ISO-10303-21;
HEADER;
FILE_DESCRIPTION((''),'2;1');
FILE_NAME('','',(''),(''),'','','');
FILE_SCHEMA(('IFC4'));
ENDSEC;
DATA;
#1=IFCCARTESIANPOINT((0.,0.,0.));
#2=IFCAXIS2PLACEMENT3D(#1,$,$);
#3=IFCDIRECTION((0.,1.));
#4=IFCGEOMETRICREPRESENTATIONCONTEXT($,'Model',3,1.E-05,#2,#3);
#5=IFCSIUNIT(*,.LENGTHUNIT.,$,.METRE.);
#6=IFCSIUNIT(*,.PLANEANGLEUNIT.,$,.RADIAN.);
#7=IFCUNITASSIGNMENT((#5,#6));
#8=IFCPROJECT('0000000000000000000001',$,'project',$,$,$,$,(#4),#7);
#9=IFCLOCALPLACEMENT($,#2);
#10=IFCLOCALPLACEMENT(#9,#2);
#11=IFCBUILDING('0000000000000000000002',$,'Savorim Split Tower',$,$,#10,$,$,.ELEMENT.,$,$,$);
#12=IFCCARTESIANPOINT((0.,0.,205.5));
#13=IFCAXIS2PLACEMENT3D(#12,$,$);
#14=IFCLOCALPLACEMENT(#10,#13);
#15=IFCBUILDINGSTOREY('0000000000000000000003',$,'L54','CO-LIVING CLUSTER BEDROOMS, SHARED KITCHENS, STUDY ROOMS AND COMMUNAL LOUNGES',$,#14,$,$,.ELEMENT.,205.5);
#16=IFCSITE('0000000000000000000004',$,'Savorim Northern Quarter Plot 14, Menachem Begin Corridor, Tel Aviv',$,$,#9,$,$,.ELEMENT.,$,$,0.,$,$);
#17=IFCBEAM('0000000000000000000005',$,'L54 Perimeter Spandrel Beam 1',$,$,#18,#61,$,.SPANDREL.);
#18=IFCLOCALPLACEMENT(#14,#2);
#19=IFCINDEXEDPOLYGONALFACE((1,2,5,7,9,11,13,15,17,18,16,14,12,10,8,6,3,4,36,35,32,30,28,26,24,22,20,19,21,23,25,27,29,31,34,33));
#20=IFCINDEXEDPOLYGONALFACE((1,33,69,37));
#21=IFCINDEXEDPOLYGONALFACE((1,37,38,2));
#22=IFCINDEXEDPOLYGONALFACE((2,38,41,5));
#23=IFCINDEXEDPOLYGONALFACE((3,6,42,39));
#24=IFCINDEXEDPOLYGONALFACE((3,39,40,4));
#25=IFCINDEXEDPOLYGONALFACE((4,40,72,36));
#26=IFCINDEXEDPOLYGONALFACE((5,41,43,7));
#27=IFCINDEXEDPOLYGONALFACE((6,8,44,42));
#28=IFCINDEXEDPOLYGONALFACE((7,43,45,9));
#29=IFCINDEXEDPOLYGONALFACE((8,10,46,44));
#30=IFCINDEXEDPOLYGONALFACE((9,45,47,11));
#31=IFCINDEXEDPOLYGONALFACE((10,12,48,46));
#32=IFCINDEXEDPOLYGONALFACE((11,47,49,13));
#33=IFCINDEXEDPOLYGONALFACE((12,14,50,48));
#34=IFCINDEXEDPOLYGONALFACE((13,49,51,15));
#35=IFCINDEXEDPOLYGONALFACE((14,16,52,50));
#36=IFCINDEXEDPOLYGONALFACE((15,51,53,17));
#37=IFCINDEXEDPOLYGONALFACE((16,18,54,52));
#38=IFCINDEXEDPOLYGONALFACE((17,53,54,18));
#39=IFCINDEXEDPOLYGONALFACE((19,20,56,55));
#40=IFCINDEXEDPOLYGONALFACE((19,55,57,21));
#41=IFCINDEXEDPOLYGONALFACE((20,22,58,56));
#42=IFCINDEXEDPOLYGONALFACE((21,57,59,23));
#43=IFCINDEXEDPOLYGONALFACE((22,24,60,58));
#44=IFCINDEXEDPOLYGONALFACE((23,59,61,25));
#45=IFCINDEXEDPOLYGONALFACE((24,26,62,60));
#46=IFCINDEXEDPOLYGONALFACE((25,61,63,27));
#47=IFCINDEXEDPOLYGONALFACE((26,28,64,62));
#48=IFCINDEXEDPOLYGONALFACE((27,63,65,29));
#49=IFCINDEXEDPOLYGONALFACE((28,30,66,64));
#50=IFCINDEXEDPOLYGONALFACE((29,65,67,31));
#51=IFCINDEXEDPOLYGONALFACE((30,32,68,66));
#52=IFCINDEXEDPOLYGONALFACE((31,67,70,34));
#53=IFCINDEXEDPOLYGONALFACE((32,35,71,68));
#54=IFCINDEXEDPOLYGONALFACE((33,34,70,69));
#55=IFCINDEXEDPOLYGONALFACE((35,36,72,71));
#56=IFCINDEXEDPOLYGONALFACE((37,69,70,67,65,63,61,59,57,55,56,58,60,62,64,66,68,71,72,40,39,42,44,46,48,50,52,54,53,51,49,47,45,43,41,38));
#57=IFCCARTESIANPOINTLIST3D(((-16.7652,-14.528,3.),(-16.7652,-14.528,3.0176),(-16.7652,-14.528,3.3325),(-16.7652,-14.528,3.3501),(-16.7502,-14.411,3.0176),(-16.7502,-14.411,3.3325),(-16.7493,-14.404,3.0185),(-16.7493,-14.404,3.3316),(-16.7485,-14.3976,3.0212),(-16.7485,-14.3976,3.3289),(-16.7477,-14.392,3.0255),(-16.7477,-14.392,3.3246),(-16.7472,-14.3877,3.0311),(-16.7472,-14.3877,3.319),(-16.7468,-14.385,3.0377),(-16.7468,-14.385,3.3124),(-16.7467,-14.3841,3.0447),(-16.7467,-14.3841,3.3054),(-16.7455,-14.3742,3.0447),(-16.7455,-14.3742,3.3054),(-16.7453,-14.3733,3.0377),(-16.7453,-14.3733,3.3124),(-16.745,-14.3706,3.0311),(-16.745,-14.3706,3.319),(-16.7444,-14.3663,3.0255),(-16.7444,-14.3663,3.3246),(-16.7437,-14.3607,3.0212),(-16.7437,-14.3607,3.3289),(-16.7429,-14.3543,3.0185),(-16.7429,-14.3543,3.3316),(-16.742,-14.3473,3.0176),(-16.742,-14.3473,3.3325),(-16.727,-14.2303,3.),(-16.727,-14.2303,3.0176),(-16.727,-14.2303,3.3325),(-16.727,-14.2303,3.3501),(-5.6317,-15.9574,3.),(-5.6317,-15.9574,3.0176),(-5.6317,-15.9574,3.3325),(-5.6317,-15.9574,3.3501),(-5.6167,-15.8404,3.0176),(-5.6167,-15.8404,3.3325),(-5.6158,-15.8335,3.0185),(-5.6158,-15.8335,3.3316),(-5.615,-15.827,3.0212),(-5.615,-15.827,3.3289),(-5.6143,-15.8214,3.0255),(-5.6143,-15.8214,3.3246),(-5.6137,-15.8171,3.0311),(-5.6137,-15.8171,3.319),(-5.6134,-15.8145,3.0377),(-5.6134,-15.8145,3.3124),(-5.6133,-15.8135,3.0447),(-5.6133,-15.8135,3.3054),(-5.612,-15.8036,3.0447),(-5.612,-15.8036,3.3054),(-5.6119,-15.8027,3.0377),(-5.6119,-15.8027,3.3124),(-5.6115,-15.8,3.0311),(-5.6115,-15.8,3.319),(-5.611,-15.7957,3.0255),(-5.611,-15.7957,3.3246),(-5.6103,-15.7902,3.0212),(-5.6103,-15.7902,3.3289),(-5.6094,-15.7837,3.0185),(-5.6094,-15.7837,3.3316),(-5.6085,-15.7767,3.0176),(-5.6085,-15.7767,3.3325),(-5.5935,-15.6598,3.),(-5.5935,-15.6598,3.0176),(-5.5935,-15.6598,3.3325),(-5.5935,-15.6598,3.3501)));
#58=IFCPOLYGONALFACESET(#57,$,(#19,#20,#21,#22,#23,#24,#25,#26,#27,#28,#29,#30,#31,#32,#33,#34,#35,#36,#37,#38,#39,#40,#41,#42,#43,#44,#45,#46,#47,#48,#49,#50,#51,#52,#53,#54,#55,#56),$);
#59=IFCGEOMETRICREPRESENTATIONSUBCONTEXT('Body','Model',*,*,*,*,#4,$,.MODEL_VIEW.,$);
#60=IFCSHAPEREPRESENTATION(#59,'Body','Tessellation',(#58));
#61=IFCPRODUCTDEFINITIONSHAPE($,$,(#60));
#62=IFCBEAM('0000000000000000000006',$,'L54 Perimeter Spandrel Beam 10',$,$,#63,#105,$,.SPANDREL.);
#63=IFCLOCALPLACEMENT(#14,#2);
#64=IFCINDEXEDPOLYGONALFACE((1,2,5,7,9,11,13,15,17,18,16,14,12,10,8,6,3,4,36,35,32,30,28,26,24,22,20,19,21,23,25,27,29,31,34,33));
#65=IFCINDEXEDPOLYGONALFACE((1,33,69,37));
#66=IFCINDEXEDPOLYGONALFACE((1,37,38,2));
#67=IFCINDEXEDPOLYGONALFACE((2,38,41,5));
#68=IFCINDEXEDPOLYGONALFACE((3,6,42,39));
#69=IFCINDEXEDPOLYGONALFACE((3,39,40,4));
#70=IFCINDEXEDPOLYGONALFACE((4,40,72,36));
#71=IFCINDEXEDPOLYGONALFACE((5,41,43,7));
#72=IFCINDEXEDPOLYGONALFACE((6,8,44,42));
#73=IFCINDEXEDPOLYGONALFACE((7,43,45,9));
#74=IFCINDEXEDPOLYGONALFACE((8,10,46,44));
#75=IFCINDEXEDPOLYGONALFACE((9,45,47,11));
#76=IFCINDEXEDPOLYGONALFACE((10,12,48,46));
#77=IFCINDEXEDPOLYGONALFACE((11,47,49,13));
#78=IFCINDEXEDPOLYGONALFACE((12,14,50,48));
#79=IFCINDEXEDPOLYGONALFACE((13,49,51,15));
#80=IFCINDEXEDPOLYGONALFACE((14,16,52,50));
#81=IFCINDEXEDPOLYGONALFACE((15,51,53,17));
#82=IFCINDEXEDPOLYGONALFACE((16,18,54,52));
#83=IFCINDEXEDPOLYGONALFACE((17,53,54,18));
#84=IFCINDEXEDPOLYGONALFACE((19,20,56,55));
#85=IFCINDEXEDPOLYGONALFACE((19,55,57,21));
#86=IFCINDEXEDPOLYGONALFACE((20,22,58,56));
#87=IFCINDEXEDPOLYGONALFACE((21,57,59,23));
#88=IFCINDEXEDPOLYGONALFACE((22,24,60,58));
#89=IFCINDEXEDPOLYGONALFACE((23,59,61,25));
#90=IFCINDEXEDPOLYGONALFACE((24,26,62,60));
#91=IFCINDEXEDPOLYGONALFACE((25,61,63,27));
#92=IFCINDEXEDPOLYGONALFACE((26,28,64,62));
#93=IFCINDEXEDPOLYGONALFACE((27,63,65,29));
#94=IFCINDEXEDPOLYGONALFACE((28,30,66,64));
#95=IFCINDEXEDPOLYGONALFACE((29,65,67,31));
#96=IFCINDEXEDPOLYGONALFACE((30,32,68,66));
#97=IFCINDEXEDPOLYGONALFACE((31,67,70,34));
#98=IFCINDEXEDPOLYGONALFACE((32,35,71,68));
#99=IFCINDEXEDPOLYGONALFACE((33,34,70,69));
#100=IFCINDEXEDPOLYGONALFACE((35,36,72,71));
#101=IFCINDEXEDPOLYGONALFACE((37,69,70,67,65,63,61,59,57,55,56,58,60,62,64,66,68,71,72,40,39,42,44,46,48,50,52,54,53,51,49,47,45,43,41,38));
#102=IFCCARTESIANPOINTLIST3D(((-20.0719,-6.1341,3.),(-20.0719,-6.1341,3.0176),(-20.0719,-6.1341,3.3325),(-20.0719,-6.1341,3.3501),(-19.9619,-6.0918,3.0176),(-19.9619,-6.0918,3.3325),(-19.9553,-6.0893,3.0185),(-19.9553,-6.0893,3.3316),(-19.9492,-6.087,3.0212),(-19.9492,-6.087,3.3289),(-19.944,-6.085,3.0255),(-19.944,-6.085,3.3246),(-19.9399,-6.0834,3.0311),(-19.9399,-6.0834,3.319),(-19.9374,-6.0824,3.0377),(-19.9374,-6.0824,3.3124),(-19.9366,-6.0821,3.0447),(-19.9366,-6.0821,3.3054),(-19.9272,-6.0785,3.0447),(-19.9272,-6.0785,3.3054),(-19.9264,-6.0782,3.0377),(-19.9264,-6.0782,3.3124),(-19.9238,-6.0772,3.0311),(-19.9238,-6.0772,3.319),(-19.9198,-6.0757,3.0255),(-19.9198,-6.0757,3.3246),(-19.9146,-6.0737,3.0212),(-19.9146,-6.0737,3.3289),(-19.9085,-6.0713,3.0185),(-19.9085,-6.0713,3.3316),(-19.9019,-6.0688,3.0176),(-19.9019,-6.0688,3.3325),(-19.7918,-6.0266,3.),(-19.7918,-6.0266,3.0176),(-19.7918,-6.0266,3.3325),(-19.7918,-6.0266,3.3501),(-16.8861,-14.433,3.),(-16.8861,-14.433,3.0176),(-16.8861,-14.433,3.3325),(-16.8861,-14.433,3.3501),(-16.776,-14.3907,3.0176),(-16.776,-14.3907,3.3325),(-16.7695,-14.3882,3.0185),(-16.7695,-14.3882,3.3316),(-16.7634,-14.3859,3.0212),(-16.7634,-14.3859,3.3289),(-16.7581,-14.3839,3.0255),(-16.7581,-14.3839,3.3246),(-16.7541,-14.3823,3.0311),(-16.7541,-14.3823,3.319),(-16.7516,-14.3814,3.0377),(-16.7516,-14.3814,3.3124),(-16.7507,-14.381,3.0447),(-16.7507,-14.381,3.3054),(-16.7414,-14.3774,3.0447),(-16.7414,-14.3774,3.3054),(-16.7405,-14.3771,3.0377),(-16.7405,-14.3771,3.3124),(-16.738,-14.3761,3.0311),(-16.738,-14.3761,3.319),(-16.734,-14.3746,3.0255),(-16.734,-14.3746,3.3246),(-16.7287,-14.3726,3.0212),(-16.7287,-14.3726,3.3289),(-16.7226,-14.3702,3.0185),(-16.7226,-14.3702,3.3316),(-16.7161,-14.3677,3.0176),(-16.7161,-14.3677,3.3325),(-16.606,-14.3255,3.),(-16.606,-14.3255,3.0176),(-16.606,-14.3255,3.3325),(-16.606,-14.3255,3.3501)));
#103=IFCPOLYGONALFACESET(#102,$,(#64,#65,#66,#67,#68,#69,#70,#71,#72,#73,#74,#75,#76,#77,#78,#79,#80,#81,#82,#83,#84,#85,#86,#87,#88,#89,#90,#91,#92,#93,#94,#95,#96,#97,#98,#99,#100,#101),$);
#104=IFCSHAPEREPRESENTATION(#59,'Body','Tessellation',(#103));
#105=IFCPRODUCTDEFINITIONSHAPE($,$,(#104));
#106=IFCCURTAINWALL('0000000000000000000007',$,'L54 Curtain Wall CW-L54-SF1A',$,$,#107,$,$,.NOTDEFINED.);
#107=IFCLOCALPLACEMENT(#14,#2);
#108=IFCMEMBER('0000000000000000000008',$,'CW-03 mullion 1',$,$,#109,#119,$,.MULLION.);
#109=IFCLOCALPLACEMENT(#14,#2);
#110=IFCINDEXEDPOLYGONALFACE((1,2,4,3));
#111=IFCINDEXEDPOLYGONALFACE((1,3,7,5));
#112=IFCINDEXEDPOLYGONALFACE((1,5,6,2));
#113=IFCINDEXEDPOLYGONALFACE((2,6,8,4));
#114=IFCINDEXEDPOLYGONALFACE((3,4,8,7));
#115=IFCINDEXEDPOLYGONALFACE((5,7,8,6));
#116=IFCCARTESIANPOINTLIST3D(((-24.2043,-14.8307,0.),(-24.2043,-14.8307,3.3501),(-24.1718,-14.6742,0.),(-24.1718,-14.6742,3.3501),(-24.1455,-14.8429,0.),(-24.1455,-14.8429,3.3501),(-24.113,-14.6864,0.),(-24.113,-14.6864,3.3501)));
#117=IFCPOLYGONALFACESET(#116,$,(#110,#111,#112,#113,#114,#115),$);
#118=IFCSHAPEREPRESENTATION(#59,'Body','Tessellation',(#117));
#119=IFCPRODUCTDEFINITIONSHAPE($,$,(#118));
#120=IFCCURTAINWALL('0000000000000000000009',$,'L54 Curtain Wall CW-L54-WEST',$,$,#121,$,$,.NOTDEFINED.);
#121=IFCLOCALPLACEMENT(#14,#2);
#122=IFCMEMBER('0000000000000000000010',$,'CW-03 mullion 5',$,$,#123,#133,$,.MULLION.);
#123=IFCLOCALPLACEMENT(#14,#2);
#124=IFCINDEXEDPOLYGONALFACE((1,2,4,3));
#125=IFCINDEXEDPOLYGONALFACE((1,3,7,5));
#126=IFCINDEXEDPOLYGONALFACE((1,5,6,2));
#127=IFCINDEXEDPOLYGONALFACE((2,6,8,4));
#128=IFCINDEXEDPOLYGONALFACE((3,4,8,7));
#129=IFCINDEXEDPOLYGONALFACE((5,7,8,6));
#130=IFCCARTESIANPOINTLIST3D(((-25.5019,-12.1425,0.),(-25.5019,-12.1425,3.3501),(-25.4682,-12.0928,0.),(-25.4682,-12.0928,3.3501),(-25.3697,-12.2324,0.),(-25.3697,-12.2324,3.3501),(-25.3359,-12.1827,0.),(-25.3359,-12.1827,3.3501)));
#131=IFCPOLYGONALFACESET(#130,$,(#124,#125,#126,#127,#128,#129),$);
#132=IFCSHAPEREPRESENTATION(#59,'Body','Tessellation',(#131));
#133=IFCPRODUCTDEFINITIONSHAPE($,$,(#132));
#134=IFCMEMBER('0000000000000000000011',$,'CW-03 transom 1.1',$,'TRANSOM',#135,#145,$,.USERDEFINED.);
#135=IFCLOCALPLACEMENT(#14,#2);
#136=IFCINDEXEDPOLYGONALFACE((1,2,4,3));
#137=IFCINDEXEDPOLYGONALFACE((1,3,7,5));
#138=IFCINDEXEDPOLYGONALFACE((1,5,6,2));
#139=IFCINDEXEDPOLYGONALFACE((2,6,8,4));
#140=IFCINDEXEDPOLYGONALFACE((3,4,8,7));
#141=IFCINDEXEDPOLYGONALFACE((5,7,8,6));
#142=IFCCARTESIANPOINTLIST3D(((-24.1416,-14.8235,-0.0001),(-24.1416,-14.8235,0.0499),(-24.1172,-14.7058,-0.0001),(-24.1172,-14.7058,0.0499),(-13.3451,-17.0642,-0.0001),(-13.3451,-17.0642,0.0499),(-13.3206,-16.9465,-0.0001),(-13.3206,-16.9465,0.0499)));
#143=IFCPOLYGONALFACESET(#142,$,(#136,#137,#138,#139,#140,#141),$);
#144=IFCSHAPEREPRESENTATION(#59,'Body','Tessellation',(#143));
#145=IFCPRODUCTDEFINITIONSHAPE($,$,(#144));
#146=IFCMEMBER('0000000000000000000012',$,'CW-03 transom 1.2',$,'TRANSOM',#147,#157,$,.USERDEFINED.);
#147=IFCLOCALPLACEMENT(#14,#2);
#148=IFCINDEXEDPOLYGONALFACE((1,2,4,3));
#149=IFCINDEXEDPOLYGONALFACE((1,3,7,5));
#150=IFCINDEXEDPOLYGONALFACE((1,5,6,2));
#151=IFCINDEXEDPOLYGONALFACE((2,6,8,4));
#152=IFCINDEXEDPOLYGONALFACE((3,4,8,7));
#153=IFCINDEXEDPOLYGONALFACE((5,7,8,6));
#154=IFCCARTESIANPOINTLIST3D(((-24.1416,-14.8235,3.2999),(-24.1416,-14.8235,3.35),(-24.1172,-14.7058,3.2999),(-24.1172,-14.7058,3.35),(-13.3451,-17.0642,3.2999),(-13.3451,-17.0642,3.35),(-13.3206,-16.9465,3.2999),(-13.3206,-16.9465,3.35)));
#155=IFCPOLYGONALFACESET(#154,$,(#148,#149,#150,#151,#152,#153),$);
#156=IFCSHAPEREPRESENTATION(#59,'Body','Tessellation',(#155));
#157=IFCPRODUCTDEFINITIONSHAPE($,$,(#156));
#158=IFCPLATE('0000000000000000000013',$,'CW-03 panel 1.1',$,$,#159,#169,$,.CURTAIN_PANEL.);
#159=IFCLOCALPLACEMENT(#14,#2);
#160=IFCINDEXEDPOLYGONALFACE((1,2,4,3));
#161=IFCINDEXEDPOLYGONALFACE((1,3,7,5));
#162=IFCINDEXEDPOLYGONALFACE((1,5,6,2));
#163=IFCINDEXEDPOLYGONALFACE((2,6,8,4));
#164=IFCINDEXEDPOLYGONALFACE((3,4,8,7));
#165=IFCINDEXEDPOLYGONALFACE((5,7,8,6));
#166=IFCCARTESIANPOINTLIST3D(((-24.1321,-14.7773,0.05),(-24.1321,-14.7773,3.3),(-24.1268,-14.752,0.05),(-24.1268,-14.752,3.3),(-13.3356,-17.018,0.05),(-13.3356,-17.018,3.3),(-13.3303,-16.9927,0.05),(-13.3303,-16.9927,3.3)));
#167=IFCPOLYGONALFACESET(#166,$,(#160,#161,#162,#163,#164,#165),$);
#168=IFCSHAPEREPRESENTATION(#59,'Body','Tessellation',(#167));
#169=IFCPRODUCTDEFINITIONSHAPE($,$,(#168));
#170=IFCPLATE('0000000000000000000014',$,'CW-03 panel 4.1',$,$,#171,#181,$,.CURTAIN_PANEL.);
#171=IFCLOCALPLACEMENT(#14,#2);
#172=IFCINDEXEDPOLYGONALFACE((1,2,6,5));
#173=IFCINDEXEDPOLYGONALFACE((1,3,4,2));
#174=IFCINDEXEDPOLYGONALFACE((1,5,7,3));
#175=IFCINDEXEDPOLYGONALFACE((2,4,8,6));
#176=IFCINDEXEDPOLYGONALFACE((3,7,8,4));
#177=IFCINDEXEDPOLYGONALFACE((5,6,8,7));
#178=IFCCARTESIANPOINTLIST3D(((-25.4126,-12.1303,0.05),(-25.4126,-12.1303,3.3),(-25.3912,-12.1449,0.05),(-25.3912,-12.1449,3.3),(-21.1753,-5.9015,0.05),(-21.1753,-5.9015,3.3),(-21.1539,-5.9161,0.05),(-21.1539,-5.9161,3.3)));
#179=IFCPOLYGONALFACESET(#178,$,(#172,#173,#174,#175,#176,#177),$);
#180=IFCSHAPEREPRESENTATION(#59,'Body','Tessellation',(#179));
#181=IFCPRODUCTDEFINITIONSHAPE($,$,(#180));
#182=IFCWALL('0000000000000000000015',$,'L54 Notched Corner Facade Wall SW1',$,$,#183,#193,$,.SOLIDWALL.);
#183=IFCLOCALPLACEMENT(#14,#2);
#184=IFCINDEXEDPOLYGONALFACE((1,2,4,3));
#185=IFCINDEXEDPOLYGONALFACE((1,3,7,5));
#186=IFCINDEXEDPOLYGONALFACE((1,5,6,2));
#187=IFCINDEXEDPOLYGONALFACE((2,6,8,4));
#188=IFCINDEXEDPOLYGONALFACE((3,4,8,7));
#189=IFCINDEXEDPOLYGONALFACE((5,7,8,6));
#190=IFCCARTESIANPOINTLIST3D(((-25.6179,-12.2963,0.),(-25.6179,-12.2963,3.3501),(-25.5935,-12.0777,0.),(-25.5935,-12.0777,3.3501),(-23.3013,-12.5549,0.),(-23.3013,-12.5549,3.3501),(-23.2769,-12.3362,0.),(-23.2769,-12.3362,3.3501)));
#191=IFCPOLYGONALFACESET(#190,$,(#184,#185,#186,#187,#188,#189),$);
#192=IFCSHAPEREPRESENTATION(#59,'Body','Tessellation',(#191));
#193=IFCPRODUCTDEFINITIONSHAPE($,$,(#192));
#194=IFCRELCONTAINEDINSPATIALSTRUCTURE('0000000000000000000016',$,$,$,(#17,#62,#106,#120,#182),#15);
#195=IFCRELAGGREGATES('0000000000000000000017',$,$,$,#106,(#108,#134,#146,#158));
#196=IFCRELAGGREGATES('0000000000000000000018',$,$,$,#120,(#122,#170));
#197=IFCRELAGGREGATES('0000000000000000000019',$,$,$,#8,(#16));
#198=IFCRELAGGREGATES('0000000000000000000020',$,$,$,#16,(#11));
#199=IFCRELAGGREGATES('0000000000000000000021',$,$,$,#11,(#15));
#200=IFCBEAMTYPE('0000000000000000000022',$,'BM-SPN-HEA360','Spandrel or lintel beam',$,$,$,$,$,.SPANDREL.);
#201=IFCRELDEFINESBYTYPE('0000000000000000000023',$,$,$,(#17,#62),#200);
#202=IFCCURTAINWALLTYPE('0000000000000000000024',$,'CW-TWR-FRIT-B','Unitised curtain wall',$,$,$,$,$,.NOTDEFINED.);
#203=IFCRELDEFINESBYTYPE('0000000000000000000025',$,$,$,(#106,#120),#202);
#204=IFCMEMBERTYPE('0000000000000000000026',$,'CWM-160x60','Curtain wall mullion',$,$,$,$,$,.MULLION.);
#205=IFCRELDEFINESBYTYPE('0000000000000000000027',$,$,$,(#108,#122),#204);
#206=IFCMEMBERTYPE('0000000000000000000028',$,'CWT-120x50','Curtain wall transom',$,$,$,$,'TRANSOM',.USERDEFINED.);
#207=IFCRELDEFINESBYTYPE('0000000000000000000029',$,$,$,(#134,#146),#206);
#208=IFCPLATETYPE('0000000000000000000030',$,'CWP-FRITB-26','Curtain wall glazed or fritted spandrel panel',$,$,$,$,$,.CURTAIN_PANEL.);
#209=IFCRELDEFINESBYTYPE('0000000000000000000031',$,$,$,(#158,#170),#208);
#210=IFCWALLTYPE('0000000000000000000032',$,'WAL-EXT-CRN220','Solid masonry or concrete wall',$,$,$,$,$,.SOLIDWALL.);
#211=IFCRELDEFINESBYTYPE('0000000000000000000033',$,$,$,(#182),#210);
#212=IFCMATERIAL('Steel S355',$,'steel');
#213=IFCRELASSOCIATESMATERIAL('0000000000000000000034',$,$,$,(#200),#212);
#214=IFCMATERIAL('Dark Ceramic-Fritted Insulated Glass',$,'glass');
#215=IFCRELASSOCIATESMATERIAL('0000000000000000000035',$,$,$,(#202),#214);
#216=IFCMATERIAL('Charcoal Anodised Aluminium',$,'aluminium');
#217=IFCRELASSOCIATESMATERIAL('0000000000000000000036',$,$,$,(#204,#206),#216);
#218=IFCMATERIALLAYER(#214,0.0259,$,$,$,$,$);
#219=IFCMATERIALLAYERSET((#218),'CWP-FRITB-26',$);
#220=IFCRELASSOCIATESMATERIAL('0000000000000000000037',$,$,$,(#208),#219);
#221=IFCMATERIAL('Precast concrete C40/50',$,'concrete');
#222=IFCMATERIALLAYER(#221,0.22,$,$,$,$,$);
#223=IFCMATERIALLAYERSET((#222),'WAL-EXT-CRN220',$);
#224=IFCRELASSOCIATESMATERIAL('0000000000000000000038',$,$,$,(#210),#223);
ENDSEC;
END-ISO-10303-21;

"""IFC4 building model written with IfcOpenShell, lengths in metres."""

from ifc_helpers import new_model, si_unit, direction, frame, frame_2d, origin, origin_2d, place, context, subcontext, project, spatial, rectangle, i_section, extrude, material, layer, layer_set, material_profile, profile_set, type_object, element, aggregate, save


model = new_model("IFC4")

# Units and contexts
model_context = context("Model", 3, precision=1e-05, world=origin(), true_north=direction((0.0, 1.0)))
body_context = subcontext(model_context, "Body", "Model", "MODEL_VIEW")
ifc_project = project(units=[si_unit("LENGTHUNIT", "METRE"), si_unit("PLANEANGLEUNIT", "RADIAN")], contexts=[model_context])

# Site, building, storey
site_placement = place(None, origin())
site = spatial("IfcSite", under=ifc_project, at=site_placement, Name="Savorim Northern Quarter Plot 14, Menachem Begin Corridor, Tel Aviv", CompositionType="ELEMENT", RefElevation=0.0)
building_placement = place(site_placement, origin())
building = spatial("IfcBuilding", under=site, at=building_placement, Name="Savorim Split Tower", CompositionType="ELEMENT")
storey_placement = place(building_placement, frame((0.0, 0.0, 205.5)))
storey = spatial("IfcBuildingStorey", under=building, at=storey_placement, Name="L54", Description="CO-LIVING CLUSTER BEDROOMS, SHARED KITCHENS, STUDY ROOMS AND COMMUNAL LOUNGES", CompositionType="ELEMENT", Elevation=205.5)

# Shared definitions
ifc_material_1 = material(Name="Steel S355", Category="steel")

# Beams
ifc_material_profile_1 = material_profile(ifc_material_1, i_section(OverallWidth=0.3, OverallDepth=0.3501, WebThickness=0.01, FlangeThickness=0.0176, FilletRadius=0.0271, at=origin_2d()), Name="HEA 360")
ifc_profile_set_1 = profile_set([ifc_material_profile_1], Name="Steel S355")
beam_type_1 = type_object("IfcBeamType", Name="BM-SPN-HEA360", Description="Spandrel or lintel beam", PredefinedType="SPANDREL", material=ifc_profile_set_1)
beam_1_placement = place(storey_placement, frame((-16.7461, -14.3792, 3.175), z_axis=(0.991858, -0.127345, 0.0), x_axis=(0.127345, 0.991858, 0.0)))
element("IfcBeam", 1, at=beam_1_placement, inside=storey, type_object=beam_type_1, Name="L54 Perimeter Spandrel Beam 1", PredefinedType="SPANDREL", context=body_context, shape_type="SweptSolid", body=[
    extrude(i_section(OverallWidth=0.3, OverallDepth=0.3501, WebThickness=0.01, FlangeThickness=0.0176, FilletRadius=0.0271, at=origin_2d()), origin(), (0.0, 0.0, 1.0), 11.2249),
])
beam_2_placement = place(storey_placement, frame((-19.9319, -6.0803, 3.175), z_axis=(0.358385, -0.933574, 0.0), x_axis=(0.933574, 0.358385, 0.0)))
element("IfcBeam", 2, at=beam_2_placement, inside=storey, type_object=beam_type_1, Name="L54 Perimeter Spandrel Beam 10", PredefinedType="SPANDREL", context=body_context, shape_type="SweptSolid", body=[
    extrude(i_section(OverallWidth=0.3, OverallDepth=0.3501, WebThickness=0.01, FlangeThickness=0.0176, FilletRadius=0.0271, at=origin_2d()), origin(), (0.0, 0.0, 1.0), 8.8894),
])

# Curtain walls, members
ifc_material_2 = material(Name="Dark Ceramic-Fritted Insulated Glass", Category="glass")
curtain_wall_type = type_object("IfcCurtainWallType", Name="CW-TWR-FRIT-B", Description="Unitised curtain wall", PredefinedType="NOTDEFINED", material=ifc_material_2)
curtain_wall_1_placement = place(storey_placement, origin())
curtain_wall_1 = element("IfcCurtainWall", 3, at=curtain_wall_1_placement, inside=storey, type_object=curtain_wall_type, Name="L54 Curtain Wall CW-L54-SF1A", PredefinedType="NOTDEFINED")
ifc_material_3 = material(Name="Charcoal Anodised Aluminium", Category="aluminium")
ifc_material_profile_2 = material_profile(ifc_material_3, rectangle(XDim=0.1599, YDim=0.0601, at=origin_2d()), Name="ALU-M 160x60")
ifc_profile_set_2 = profile_set([ifc_material_profile_2], Name="Charcoal Anodised Aluminium")
member_type_1 = type_object("IfcMemberType", Name="CWM-160x60", Description="Curtain wall mullion", PredefinedType="MULLION", material=ifc_profile_set_2)
member_1_placement = place(storey_placement, frame((-24.1587, -14.7585, 0.0), z_axis=(0.0, 0.0, 1.0), x_axis=(0.20321, 0.979135, 0.0)))
member_1 = element("IfcMember", 4, at=member_1_placement, type_object=member_type_1, Name="CW-03 mullion 1", PredefinedType="MULLION", context=body_context, shape_type="SweptSolid", body=[
    extrude(rectangle(XDim=0.1599, YDim=0.0601, at=origin_2d()), origin(), (0.0, 0.0, 1.0), 3.3501),
])
curtain_wall_2_placement = place(storey_placement, origin())
curtain_wall_2 = element("IfcCurtainWall", 5, at=curtain_wall_2_placement, inside=storey, type_object=curtain_wall_type, Name="L54 Curtain Wall CW-L54-WEST", PredefinedType="NOTDEFINED")
member_2_placement = place(storey_placement, frame((-25.4189, -12.1626, 0.0), z_axis=(0.0, 0.0, 1.0), x_axis=(0.826821, -0.562465, 0.0)))
member_2 = element("IfcMember", 6, at=member_2_placement, type_object=member_type_1, Name="CW-03 mullion 5", PredefinedType="MULLION", context=body_context, shape_type="SweptSolid", body=[
    extrude(rectangle(XDim=0.1599, YDim=0.0601, at=origin_2d()), origin(), (0.0, 0.0, 1.0), 3.3501),
])

# Members
ifc_material_profile_3 = material_profile(ifc_material_3, rectangle(XDim=0.1201, YDim=0.05, at=origin_2d()), Name="ALU-T 120x50")
ifc_profile_set_3 = profile_set([ifc_material_profile_3], Name="Charcoal Anodised Aluminium")
member_type_2 = type_object("IfcMemberType", Name="CWT-120x50", Description="Curtain wall transom", ElementType="TRANSOM", PredefinedType="USERDEFINED", material=ifc_profile_set_3)
member_3_placement = place(storey_placement, frame((-24.1294, -14.7646, 0.0249), z_axis=(0.979135, -0.203209, 0.0), x_axis=(0.203209, 0.979135, 0.0)))
member_3 = element("IfcMember", 7, at=member_3_placement, type_object=member_type_2, Name="CW-03 transom 1.1", ObjectType="TRANSOM", PredefinedType="USERDEFINED", context=body_context, shape_type="SweptSolid", body=[
    extrude(rectangle(XDim=0.1201, YDim=0.05, at=origin_2d()), origin(), (0.0, 0.0, 1.0), 11.0266),
])
member_4_placement = place(storey_placement, frame((-24.1294, -14.7646, 3.325), z_axis=(0.979135, -0.203209, 0.0), x_axis=(0.203209, 0.979135, 0.0)))
member_4 = element("IfcMember", 8, at=member_4_placement, type_object=member_type_2, Name="CW-03 transom 1.2", ObjectType="TRANSOM", PredefinedType="USERDEFINED", context=body_context, shape_type="SweptSolid", body=[
    extrude(rectangle(XDim=0.1201, YDim=0.05, at=origin_2d()), origin(), (0.0, 0.0, 1.0), 11.0266),
])

# Plates
ifc_layer_1 = layer(ifc_material_2, 0.0259)
ifc_layer_set_1 = layer_set([ifc_layer_1], Name="CWP-FRITB-26")
plate_type = type_object("IfcPlateType", Name="CWP-FRITB-26", Description="Curtain wall glazed or fritted spandrel panel", PredefinedType="CURTAIN_PANEL", material=ifc_layer_set_1)
plate_1_placement = place(storey_placement, frame((-18.7312, -15.885, 0.05), z_axis=(0.0, 0.0, 1.0), x_axis=(0.979135, -0.20321, 0.0)))
plate_1 = element("IfcPlate", 9, at=plate_1_placement, type_object=plate_type, Name="CW-03 panel 1.1", PredefinedType="CURTAIN_PANEL", context=body_context, shape_type="SweptSolid", body=[
    extrude(rectangle(XDim=11.0266, YDim=0.0259, at=origin_2d()), origin(), (0.0, 0.0, 1.0), 3.25),
])
aggregate(curtain_wall_1, [member_1, member_3, member_4, plate_1])
plate_2_placement = place(storey_placement, frame((-23.2832, -9.0232, 0.05), z_axis=(0.0, 0.0, 1.0), x_axis=(-0.562465, -0.826821, 0.0)))
plate_2 = element("IfcPlate", 10, at=plate_2_placement, type_object=plate_type, Name="CW-03 panel 4.1", PredefinedType="CURTAIN_PANEL", context=body_context, shape_type="SweptSolid", body=[
    extrude(rectangle(XDim=7.5334, YDim=0.0259, at=origin_2d()), origin(), (0.0, 0.0, 1.0), 3.25),
])
aggregate(curtain_wall_2, [member_2, plate_2])

# Wall
ifc_material_4 = material(Name="Precast concrete C40/50", Category="concrete")
ifc_layer_2 = layer(ifc_material_4, 0.22)
ifc_layer_set_2 = layer_set([ifc_layer_2], Name="WAL-EXT-CRN220")
wall_type = type_object("IfcWallType", Name="WAL-EXT-CRN220", Description="Solid masonry or concrete wall", PredefinedType="SOLIDWALL", material=ifc_layer_set_2)
wall_1_placement = place(storey_placement, frame((-23.2891, -12.4456, 0.0), z_axis=(0.0, 0.0, 1.0), x_axis=(-0.99383, 0.110914, 0.0)))
element("IfcWall", 11, at=wall_1_placement, inside=storey, type_object=wall_type, Name="L54 Notched Corner Facade Wall SW1", PredefinedType="SOLIDWALL", context=body_context, shape_type="SweptSolid", body=[
    extrude(rectangle(XDim=2.3311, YDim=0.22, at=frame_2d((1.1655, 0.0))), origin(), (0.0, 0.0, 1.0), 3.3501),
])

save(model, "model.ifc")
